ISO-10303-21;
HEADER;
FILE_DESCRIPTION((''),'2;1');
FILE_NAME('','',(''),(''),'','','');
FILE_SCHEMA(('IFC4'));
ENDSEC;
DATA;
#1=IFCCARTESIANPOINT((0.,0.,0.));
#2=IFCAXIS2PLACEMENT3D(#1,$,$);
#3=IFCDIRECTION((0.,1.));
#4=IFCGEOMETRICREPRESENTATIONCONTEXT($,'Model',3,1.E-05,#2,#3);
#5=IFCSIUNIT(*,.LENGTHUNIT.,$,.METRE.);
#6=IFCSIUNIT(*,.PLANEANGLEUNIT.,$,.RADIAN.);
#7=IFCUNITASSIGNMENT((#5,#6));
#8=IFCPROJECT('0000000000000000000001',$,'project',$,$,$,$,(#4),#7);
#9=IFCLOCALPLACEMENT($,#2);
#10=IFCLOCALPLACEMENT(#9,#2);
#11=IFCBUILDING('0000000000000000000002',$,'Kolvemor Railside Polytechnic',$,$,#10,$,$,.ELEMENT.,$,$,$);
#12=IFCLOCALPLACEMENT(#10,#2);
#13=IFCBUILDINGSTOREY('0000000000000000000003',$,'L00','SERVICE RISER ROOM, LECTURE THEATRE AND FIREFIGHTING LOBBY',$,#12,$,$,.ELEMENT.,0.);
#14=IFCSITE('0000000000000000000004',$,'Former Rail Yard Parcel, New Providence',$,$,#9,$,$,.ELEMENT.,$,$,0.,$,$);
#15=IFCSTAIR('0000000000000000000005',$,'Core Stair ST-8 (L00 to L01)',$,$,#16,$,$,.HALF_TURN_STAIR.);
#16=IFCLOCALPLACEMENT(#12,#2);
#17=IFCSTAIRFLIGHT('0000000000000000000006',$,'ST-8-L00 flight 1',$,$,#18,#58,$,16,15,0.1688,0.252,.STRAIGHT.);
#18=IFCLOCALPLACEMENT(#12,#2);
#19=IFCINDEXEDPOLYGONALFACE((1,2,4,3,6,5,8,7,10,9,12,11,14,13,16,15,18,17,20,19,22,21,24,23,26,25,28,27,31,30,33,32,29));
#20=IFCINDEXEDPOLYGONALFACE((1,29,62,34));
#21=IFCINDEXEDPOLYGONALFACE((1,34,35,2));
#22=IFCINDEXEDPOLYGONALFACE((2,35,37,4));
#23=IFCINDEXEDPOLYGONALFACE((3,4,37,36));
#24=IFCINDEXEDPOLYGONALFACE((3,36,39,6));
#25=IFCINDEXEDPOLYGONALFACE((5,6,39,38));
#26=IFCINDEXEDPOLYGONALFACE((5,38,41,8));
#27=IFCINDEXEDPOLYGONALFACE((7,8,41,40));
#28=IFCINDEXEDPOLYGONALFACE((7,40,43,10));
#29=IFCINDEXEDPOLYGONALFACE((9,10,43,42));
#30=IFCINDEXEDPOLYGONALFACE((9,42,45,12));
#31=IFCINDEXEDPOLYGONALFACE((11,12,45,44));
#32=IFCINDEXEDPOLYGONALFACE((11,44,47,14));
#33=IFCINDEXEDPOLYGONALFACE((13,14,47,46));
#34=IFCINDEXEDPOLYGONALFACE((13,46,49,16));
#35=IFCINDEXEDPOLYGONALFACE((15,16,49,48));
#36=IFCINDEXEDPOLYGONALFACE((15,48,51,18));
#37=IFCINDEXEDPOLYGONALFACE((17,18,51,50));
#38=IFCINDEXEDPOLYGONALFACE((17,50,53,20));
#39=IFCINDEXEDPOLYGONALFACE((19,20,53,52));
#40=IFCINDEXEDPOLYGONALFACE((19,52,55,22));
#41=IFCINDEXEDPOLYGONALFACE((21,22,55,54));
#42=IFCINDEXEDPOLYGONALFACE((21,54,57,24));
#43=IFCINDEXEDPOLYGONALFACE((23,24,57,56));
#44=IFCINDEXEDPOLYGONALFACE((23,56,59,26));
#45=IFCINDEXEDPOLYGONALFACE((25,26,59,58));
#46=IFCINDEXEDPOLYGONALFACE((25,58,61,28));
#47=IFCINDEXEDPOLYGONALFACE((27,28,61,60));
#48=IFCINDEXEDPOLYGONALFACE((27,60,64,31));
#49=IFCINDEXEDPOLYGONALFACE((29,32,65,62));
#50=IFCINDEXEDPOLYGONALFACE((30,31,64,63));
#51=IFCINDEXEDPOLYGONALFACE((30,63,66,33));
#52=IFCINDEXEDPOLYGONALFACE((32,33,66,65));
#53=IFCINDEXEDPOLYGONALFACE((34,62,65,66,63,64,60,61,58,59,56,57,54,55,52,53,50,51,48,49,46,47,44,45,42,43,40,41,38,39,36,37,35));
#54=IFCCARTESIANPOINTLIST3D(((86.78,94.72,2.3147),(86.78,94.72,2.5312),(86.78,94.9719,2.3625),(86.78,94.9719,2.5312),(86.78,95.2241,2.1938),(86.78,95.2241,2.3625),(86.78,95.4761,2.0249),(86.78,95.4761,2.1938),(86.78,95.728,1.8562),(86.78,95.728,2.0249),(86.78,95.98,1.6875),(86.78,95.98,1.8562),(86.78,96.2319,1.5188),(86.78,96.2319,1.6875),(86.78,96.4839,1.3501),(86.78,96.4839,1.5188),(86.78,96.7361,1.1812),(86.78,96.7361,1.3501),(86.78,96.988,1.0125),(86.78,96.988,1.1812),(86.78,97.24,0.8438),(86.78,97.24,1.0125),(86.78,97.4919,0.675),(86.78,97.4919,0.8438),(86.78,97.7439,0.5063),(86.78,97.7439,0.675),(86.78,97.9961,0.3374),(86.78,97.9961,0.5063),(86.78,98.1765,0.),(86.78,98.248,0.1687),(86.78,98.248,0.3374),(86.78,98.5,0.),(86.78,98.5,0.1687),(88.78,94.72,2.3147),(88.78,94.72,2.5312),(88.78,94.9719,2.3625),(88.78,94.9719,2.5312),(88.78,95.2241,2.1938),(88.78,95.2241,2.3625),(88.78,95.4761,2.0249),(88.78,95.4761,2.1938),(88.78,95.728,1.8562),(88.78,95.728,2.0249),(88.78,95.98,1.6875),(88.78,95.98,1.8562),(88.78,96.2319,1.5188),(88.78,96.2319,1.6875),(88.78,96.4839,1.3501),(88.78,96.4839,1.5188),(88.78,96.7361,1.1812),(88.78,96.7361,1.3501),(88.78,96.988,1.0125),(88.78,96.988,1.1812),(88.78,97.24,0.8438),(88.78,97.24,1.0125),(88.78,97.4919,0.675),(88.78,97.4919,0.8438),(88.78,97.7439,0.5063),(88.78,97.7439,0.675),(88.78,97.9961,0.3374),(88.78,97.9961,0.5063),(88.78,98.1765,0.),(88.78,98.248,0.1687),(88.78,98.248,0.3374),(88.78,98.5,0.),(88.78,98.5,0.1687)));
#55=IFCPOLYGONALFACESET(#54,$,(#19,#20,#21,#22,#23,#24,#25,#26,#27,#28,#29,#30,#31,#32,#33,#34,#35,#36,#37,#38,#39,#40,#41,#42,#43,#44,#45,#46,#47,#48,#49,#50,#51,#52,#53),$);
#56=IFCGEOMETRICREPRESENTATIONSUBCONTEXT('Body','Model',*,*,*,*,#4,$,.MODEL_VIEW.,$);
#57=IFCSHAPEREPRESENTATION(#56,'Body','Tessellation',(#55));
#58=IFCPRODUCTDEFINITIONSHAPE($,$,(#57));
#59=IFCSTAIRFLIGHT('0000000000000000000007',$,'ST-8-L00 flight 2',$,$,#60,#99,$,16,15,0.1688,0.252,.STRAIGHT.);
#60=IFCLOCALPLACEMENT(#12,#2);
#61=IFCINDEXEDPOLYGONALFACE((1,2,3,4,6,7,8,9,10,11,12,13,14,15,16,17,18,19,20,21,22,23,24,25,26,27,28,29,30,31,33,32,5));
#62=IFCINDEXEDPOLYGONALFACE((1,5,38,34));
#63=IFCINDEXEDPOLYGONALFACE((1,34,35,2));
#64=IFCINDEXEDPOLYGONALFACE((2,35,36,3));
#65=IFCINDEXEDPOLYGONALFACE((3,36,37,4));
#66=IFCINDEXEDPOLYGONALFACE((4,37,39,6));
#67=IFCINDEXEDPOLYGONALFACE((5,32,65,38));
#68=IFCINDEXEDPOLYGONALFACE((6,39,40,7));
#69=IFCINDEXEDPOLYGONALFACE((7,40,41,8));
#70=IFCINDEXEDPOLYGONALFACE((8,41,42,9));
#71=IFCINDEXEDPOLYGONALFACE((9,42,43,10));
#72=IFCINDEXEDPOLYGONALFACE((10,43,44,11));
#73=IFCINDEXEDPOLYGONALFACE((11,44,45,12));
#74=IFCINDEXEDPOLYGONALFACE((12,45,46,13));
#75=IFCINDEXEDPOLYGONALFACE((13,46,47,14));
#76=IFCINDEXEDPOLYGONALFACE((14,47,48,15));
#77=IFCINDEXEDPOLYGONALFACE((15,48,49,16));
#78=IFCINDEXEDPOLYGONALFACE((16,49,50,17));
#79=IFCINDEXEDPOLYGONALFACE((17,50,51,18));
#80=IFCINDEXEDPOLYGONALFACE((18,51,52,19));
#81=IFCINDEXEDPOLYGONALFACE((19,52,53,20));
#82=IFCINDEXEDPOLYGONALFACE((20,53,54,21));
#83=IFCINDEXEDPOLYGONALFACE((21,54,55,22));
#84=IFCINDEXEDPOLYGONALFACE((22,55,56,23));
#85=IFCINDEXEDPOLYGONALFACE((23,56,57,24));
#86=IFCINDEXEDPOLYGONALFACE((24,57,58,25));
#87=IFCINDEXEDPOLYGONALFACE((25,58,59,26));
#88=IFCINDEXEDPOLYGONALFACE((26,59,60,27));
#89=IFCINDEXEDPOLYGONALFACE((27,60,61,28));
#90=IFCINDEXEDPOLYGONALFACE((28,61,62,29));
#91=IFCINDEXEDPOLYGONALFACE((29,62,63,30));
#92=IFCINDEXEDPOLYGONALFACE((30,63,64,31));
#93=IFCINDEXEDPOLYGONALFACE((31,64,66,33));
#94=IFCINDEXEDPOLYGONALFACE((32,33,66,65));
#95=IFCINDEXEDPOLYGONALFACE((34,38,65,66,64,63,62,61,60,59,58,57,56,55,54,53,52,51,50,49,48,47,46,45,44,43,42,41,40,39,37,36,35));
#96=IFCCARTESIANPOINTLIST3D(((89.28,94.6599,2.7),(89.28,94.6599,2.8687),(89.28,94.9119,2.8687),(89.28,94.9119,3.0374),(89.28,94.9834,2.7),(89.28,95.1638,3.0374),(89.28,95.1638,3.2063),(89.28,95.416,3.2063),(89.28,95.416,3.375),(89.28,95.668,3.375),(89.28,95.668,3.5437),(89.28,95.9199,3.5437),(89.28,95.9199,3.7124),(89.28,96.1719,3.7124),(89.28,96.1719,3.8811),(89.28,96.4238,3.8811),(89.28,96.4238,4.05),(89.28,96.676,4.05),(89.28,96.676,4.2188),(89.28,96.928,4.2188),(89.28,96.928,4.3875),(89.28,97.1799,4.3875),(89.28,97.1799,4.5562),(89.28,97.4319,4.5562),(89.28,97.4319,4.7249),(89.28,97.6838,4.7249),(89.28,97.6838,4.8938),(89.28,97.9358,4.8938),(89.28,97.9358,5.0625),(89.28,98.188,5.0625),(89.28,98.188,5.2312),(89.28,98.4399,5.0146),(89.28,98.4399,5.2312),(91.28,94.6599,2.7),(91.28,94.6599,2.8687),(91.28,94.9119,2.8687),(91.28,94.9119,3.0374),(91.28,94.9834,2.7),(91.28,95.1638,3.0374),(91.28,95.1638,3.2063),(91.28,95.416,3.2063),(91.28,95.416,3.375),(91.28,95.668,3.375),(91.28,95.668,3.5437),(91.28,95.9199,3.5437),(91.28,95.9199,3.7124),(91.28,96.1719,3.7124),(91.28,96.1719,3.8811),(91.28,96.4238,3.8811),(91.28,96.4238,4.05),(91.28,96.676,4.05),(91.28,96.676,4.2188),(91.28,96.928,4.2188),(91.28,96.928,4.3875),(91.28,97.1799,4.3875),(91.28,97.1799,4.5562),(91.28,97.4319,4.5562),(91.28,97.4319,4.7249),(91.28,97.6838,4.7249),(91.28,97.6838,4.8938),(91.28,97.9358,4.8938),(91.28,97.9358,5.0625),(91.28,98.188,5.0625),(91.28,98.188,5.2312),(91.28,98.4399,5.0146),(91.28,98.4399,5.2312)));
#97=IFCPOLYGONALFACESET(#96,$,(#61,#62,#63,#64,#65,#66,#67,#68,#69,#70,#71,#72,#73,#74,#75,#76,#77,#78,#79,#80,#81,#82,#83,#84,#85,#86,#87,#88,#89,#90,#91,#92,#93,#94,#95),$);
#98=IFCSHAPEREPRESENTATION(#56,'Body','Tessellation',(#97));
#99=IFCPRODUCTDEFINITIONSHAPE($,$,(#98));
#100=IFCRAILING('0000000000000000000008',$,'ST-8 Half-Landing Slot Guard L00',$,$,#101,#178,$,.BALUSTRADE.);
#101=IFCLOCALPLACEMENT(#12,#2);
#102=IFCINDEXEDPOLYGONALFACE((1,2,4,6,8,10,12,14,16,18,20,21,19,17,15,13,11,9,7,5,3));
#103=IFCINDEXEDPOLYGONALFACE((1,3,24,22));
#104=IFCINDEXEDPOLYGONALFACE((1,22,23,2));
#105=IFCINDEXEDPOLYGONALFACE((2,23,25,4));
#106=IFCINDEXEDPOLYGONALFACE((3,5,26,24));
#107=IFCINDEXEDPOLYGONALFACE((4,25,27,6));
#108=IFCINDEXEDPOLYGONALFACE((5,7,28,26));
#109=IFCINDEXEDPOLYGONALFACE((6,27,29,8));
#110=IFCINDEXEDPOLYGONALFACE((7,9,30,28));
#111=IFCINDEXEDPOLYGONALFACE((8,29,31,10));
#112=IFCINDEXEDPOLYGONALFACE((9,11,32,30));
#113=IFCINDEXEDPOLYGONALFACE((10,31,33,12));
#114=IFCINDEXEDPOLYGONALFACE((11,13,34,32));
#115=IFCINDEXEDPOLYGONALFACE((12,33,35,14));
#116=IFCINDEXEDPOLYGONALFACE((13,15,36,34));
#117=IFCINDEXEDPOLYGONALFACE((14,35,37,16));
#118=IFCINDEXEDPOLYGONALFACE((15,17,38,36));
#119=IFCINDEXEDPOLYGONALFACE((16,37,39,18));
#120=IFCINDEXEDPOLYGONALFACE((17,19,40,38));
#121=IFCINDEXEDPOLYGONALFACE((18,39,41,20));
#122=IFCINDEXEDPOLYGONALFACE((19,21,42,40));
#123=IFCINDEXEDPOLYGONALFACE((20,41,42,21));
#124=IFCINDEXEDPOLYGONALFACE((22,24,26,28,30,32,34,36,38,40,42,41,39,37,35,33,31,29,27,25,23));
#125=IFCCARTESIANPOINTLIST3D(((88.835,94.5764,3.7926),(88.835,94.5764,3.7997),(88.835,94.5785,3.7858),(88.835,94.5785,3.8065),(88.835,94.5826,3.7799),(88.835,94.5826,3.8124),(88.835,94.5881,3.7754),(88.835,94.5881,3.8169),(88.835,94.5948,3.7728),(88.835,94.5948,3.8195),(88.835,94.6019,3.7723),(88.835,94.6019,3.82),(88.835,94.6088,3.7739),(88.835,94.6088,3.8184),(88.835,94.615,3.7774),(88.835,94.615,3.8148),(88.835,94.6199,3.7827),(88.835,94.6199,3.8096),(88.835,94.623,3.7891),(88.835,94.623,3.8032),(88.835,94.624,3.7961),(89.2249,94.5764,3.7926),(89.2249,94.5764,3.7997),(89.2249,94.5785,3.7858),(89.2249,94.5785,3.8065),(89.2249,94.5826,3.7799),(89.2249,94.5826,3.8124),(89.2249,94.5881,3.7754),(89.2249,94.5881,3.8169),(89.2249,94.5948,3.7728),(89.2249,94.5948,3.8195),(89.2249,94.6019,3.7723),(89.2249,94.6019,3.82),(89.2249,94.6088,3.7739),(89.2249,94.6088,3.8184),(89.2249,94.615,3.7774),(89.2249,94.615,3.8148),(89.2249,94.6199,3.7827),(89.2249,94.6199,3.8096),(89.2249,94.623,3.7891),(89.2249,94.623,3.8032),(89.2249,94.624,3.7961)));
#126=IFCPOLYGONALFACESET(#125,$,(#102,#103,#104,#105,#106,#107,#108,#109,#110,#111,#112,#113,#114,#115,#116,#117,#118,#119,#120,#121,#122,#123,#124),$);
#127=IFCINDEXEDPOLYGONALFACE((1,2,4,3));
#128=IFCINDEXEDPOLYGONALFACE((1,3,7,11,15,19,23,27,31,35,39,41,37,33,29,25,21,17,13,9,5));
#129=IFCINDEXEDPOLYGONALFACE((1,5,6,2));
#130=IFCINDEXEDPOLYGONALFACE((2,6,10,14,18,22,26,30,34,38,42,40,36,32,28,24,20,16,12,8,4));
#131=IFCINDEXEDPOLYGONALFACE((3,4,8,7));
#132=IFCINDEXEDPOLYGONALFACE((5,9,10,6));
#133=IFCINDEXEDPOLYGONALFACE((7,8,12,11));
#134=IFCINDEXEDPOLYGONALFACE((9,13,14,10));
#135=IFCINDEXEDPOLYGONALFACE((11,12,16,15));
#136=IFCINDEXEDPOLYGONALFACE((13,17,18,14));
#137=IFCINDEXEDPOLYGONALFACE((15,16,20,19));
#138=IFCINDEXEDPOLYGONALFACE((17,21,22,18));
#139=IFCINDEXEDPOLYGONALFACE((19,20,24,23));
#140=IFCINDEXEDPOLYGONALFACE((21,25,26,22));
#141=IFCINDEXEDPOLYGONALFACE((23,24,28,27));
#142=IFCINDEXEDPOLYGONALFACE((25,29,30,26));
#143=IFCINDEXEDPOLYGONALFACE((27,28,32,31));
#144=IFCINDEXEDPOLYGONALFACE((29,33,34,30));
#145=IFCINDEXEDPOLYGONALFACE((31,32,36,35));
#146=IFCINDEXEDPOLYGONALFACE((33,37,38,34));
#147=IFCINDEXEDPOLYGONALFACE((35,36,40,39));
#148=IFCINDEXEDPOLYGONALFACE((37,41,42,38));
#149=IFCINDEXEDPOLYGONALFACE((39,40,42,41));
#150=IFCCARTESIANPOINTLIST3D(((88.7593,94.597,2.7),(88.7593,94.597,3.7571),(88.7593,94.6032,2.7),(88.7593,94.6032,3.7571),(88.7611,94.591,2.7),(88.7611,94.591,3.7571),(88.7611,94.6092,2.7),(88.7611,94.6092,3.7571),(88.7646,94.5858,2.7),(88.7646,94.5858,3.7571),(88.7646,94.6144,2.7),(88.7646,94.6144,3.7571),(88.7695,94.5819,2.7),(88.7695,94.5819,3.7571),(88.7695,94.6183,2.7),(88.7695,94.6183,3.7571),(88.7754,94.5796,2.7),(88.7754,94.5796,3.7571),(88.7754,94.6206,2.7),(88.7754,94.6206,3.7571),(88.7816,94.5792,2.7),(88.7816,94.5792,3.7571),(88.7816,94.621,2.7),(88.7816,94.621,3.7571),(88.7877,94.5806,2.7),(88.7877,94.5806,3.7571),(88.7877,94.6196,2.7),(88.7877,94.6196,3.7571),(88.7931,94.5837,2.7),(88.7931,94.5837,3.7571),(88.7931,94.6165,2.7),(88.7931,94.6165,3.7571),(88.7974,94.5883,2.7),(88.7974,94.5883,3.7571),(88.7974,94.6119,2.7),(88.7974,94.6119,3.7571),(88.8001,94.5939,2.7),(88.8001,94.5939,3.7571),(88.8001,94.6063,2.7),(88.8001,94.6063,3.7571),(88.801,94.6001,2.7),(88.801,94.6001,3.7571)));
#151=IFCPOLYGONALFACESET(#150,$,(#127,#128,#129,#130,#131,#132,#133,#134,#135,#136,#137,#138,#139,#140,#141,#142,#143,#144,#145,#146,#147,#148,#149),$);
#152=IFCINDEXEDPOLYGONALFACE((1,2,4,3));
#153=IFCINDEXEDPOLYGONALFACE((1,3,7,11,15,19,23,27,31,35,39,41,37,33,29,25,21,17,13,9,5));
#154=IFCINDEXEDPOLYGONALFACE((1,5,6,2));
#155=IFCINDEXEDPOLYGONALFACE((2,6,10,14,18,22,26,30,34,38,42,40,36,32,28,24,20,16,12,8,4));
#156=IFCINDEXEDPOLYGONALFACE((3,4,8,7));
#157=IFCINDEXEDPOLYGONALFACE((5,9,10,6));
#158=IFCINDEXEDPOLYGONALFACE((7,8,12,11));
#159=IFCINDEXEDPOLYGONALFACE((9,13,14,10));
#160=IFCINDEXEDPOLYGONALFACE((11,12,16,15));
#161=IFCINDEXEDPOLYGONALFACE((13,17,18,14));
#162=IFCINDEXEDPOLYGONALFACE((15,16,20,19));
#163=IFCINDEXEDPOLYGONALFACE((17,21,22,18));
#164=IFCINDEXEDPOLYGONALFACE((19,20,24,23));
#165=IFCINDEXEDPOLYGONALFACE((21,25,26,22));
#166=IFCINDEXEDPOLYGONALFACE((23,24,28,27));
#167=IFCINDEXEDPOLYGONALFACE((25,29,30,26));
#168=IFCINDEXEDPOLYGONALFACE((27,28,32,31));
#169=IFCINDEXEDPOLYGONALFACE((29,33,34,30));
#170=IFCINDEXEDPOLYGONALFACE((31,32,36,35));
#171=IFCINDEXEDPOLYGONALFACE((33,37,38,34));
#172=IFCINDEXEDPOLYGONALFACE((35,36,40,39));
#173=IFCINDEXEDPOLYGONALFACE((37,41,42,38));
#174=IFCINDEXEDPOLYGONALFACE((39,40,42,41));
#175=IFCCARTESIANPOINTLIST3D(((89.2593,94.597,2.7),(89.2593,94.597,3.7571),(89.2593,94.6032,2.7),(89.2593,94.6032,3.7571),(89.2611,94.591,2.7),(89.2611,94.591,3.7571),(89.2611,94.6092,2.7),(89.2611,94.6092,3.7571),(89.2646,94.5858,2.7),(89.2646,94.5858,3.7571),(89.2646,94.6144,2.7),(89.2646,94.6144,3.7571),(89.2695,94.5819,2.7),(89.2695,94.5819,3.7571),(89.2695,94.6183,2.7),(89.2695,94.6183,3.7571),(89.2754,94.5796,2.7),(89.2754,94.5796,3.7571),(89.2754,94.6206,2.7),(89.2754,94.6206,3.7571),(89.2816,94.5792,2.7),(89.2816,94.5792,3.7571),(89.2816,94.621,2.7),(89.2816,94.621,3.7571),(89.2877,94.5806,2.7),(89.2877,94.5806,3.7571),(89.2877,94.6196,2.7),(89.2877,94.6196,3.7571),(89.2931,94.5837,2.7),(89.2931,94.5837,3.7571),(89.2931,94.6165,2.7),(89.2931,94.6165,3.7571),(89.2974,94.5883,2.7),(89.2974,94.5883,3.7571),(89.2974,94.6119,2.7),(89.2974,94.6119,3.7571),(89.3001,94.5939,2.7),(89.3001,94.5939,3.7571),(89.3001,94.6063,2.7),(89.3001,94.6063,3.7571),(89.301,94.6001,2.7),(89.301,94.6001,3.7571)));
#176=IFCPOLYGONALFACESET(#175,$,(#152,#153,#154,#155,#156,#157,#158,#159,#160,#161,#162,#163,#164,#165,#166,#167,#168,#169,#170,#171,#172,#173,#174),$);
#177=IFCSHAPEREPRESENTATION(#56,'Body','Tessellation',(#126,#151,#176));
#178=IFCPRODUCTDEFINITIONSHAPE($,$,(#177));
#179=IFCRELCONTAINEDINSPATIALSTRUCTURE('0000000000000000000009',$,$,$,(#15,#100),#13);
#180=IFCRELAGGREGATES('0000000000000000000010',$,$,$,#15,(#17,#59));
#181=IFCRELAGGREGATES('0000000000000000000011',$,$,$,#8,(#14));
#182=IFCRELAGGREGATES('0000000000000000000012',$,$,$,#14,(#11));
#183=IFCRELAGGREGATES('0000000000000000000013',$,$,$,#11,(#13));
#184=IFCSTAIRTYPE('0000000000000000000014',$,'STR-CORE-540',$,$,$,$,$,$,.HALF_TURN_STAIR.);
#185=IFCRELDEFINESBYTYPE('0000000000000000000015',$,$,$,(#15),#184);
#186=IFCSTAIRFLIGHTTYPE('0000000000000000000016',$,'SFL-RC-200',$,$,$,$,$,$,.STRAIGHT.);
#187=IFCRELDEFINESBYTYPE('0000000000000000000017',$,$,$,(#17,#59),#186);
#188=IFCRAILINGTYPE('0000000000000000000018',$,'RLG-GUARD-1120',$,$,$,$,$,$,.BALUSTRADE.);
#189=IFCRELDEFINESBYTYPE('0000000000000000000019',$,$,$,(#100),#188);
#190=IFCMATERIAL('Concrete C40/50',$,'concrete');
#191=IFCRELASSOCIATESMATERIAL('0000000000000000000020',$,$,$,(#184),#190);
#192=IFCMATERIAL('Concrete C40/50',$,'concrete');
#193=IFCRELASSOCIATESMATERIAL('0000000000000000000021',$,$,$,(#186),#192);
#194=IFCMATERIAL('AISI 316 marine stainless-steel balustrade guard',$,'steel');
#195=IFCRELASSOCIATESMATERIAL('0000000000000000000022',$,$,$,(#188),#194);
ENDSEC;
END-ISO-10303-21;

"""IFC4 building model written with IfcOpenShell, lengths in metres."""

from ifc_helpers import new_model, si_unit, direction, frame, origin, origin_2d, place, context, subcontext, project, spatial, polyline, circle, outline, extrude, material, type_object, element, aggregate, save


model = new_model("IFC4")

# Units and contexts
model_context = context("Model", 3, precision=1e-05, world=origin(), true_north=direction((0.0, 1.0)))
body_context = subcontext(model_context, "Body", "Model", "MODEL_VIEW")
ifc_project = project(units=[si_unit("LENGTHUNIT", "METRE"), si_unit("PLANEANGLEUNIT", "RADIAN")], contexts=[model_context])

# Site, building, storey
site_placement = place(None, origin())
site = spatial("IfcSite", under=ifc_project, at=site_placement, Name="Former Rail Yard Parcel, New Providence", CompositionType="ELEMENT", RefElevation=0.0)
building_placement = place(site_placement, origin())
building = spatial("IfcBuilding", under=site, at=building_placement, Name="Kolvemor Railside Polytechnic", CompositionType="ELEMENT")
storey_placement = place(building_placement, origin())
storey = spatial("IfcBuildingStorey", under=building, at=storey_placement, Name="L00", Description="SERVICE RISER ROOM, LECTURE THEATRE AND FIREFIGHTING LOBBY", CompositionType="ELEMENT", Elevation=0.0)

# Stair, stair flights
ifc_material_1 = material(Name="Concrete C40/50", Category="concrete")
stair_type = type_object("IfcStairType", Name="STR-CORE-540", PredefinedType="HALF_TURN_STAIR", material=ifc_material_1)
stair_placement = place(storey_placement, origin())
stair = element("IfcStair", 1, at=stair_placement, inside=storey, type_object=stair_type, Name="Core Stair ST-8 (L00 to L01)", PredefinedType="HALF_TURN_STAIR")
ifc_material_2 = material(Name="Concrete C40/50", Category="concrete")
stair_flight_type = type_object("IfcStairFlightType", Name="SFL-RC-200", PredefinedType="STRAIGHT", material=ifc_material_2)
stair_flight_1_placement = place(storey_placement, frame((87.78, 98.5, 0.0), z_axis=(0.0, 0.0, 1.0), x_axis=(0.0, -1.0, 0.0)))
stair_flight_1 = element("IfcStairFlight", 2, at=stair_flight_1_placement, type_object=stair_flight_type, Name="ST-8-L00 flight 1", NumberOfRisers=16, NumberOfTreads=15, PredefinedType="STRAIGHT", RiserHeight=0.1688, TreadLength=0.252, context=body_context, shape_type="SweptSolid", body=[
    extrude(outline(polyline([(0.0, 0.0), (0.0, 0.1687), (0.252, 0.1687), (0.252, 0.3374), (0.5039, 0.3374), (0.5039, 0.5063), (0.7561, 0.5063), (0.7561, 0.675), (1.0081, 0.675), (1.0081, 0.8438), (1.26, 0.8438), (1.26, 1.0125), (1.512, 1.0125), (1.512, 1.1812), (1.7639, 1.1812), (1.7639, 1.3501), (2.0161, 1.3501), (2.0161, 1.5188), (2.2681, 1.5188), (2.2681, 1.6875), (2.52, 1.6875), (2.52, 1.8562), (2.772, 1.8562), (2.772, 2.0249), (3.0239, 2.0249), (3.0239, 2.1938), (3.2759, 2.1938), (3.2759, 2.3625), (3.5281, 2.3625), (3.5281, 2.5312), (3.78, 2.5312), (3.78, 2.7), (3.78, 2.3147), (0.3235, 0.0), (0.0, 0.0)])), frame((0.0, 1.0, 0.0), z_axis=(0.0, -1.0, 0.0), x_axis=(1.0, 0.0, 0.0)), (0.0, 0.0, 1.0), 2.0),
])
stair_flight_2_placement = place(storey_placement, frame((90.28, 94.6599, 2.7), z_axis=(0.0, 0.0, 1.0), x_axis=(0.0, 1.0, 0.0)))
stair_flight_2 = element("IfcStairFlight", 3, at=stair_flight_2_placement, type_object=stair_flight_type, Name="ST-8-L00 flight 2", NumberOfRisers=16, NumberOfTreads=15, PredefinedType="STRAIGHT", RiserHeight=0.1688, TreadLength=0.252, context=body_context, shape_type="SweptSolid", body=[
    extrude(outline(polyline([(0.0, 0.0), (0.0, 0.1687), (0.252, 0.1687), (0.252, 0.3374), (0.5039, 0.3374), (0.5039, 0.5063), (0.7561, 0.5063), (0.7561, 0.675), (1.0081, 0.675), (1.0081, 0.8438), (1.26, 0.8438), (1.26, 1.0125), (1.512, 1.0125), (1.512, 1.1812), (1.7639, 1.1812), (1.7639, 1.3501), (2.0161, 1.3501), (2.0161, 1.5188), (2.2681, 1.5188), (2.2681, 1.6875), (2.52, 1.6875), (2.52, 1.8562), (2.772, 1.8562), (2.772, 2.0249), (3.0239, 2.0249), (3.0239, 2.1938), (3.2759, 2.1938), (3.2759, 2.3625), (3.5281, 2.3625), (3.5281, 2.5312), (3.78, 2.5312), (3.78, 2.7), (3.78, 2.3147), (0.3235, 0.0), (0.0, 0.0)])), frame((0.0, 1.0, 0.0), z_axis=(0.0, -1.0, 0.0), x_axis=(1.0, 0.0, 0.0)), (0.0, 0.0, 1.0), 2.0),
])
aggregate(stair, [stair_flight_1, stair_flight_2])

# Railing
ifc_material_3 = material(Name="AISI 316 marine stainless-steel balustrade guard", Category="steel")
railing_type_1 = type_object("IfcRailingType", Name="RLG-GUARD-1120", PredefinedType="BALUSTRADE", material=ifc_material_3)
railing_1_placement = place(storey_placement, frame((88.78, 94.6001, 2.7)))
element("IfcRailing", 4, at=railing_1_placement, inside=storey, type_object=railing_type_1, Name="ST-8 Half-Landing Slot Guard L00", PredefinedType="BALUSTRADE", context=body_context, shape_type="SweptSolid", body=[
    extrude(circle(Radius=0.0239, at=origin_2d()), frame((0.0549, 0.0, 1.0962), z_axis=(1.0, 0.0, 0.0), x_axis=(0.0, 1.0, 0.0)), (0.0, 0.0, 1.0), 0.3899),
    extrude(circle(Radius=0.021, at=origin_2d()), origin(), (0.0, 0.0, 1.0), 1.0571),
    extrude(circle(Radius=0.021, at=origin_2d()), frame((0.5, 0.0, 0.0)), (0.0, 0.0, 1.0), 1.0571),
])

save(model, "model.ifc")
